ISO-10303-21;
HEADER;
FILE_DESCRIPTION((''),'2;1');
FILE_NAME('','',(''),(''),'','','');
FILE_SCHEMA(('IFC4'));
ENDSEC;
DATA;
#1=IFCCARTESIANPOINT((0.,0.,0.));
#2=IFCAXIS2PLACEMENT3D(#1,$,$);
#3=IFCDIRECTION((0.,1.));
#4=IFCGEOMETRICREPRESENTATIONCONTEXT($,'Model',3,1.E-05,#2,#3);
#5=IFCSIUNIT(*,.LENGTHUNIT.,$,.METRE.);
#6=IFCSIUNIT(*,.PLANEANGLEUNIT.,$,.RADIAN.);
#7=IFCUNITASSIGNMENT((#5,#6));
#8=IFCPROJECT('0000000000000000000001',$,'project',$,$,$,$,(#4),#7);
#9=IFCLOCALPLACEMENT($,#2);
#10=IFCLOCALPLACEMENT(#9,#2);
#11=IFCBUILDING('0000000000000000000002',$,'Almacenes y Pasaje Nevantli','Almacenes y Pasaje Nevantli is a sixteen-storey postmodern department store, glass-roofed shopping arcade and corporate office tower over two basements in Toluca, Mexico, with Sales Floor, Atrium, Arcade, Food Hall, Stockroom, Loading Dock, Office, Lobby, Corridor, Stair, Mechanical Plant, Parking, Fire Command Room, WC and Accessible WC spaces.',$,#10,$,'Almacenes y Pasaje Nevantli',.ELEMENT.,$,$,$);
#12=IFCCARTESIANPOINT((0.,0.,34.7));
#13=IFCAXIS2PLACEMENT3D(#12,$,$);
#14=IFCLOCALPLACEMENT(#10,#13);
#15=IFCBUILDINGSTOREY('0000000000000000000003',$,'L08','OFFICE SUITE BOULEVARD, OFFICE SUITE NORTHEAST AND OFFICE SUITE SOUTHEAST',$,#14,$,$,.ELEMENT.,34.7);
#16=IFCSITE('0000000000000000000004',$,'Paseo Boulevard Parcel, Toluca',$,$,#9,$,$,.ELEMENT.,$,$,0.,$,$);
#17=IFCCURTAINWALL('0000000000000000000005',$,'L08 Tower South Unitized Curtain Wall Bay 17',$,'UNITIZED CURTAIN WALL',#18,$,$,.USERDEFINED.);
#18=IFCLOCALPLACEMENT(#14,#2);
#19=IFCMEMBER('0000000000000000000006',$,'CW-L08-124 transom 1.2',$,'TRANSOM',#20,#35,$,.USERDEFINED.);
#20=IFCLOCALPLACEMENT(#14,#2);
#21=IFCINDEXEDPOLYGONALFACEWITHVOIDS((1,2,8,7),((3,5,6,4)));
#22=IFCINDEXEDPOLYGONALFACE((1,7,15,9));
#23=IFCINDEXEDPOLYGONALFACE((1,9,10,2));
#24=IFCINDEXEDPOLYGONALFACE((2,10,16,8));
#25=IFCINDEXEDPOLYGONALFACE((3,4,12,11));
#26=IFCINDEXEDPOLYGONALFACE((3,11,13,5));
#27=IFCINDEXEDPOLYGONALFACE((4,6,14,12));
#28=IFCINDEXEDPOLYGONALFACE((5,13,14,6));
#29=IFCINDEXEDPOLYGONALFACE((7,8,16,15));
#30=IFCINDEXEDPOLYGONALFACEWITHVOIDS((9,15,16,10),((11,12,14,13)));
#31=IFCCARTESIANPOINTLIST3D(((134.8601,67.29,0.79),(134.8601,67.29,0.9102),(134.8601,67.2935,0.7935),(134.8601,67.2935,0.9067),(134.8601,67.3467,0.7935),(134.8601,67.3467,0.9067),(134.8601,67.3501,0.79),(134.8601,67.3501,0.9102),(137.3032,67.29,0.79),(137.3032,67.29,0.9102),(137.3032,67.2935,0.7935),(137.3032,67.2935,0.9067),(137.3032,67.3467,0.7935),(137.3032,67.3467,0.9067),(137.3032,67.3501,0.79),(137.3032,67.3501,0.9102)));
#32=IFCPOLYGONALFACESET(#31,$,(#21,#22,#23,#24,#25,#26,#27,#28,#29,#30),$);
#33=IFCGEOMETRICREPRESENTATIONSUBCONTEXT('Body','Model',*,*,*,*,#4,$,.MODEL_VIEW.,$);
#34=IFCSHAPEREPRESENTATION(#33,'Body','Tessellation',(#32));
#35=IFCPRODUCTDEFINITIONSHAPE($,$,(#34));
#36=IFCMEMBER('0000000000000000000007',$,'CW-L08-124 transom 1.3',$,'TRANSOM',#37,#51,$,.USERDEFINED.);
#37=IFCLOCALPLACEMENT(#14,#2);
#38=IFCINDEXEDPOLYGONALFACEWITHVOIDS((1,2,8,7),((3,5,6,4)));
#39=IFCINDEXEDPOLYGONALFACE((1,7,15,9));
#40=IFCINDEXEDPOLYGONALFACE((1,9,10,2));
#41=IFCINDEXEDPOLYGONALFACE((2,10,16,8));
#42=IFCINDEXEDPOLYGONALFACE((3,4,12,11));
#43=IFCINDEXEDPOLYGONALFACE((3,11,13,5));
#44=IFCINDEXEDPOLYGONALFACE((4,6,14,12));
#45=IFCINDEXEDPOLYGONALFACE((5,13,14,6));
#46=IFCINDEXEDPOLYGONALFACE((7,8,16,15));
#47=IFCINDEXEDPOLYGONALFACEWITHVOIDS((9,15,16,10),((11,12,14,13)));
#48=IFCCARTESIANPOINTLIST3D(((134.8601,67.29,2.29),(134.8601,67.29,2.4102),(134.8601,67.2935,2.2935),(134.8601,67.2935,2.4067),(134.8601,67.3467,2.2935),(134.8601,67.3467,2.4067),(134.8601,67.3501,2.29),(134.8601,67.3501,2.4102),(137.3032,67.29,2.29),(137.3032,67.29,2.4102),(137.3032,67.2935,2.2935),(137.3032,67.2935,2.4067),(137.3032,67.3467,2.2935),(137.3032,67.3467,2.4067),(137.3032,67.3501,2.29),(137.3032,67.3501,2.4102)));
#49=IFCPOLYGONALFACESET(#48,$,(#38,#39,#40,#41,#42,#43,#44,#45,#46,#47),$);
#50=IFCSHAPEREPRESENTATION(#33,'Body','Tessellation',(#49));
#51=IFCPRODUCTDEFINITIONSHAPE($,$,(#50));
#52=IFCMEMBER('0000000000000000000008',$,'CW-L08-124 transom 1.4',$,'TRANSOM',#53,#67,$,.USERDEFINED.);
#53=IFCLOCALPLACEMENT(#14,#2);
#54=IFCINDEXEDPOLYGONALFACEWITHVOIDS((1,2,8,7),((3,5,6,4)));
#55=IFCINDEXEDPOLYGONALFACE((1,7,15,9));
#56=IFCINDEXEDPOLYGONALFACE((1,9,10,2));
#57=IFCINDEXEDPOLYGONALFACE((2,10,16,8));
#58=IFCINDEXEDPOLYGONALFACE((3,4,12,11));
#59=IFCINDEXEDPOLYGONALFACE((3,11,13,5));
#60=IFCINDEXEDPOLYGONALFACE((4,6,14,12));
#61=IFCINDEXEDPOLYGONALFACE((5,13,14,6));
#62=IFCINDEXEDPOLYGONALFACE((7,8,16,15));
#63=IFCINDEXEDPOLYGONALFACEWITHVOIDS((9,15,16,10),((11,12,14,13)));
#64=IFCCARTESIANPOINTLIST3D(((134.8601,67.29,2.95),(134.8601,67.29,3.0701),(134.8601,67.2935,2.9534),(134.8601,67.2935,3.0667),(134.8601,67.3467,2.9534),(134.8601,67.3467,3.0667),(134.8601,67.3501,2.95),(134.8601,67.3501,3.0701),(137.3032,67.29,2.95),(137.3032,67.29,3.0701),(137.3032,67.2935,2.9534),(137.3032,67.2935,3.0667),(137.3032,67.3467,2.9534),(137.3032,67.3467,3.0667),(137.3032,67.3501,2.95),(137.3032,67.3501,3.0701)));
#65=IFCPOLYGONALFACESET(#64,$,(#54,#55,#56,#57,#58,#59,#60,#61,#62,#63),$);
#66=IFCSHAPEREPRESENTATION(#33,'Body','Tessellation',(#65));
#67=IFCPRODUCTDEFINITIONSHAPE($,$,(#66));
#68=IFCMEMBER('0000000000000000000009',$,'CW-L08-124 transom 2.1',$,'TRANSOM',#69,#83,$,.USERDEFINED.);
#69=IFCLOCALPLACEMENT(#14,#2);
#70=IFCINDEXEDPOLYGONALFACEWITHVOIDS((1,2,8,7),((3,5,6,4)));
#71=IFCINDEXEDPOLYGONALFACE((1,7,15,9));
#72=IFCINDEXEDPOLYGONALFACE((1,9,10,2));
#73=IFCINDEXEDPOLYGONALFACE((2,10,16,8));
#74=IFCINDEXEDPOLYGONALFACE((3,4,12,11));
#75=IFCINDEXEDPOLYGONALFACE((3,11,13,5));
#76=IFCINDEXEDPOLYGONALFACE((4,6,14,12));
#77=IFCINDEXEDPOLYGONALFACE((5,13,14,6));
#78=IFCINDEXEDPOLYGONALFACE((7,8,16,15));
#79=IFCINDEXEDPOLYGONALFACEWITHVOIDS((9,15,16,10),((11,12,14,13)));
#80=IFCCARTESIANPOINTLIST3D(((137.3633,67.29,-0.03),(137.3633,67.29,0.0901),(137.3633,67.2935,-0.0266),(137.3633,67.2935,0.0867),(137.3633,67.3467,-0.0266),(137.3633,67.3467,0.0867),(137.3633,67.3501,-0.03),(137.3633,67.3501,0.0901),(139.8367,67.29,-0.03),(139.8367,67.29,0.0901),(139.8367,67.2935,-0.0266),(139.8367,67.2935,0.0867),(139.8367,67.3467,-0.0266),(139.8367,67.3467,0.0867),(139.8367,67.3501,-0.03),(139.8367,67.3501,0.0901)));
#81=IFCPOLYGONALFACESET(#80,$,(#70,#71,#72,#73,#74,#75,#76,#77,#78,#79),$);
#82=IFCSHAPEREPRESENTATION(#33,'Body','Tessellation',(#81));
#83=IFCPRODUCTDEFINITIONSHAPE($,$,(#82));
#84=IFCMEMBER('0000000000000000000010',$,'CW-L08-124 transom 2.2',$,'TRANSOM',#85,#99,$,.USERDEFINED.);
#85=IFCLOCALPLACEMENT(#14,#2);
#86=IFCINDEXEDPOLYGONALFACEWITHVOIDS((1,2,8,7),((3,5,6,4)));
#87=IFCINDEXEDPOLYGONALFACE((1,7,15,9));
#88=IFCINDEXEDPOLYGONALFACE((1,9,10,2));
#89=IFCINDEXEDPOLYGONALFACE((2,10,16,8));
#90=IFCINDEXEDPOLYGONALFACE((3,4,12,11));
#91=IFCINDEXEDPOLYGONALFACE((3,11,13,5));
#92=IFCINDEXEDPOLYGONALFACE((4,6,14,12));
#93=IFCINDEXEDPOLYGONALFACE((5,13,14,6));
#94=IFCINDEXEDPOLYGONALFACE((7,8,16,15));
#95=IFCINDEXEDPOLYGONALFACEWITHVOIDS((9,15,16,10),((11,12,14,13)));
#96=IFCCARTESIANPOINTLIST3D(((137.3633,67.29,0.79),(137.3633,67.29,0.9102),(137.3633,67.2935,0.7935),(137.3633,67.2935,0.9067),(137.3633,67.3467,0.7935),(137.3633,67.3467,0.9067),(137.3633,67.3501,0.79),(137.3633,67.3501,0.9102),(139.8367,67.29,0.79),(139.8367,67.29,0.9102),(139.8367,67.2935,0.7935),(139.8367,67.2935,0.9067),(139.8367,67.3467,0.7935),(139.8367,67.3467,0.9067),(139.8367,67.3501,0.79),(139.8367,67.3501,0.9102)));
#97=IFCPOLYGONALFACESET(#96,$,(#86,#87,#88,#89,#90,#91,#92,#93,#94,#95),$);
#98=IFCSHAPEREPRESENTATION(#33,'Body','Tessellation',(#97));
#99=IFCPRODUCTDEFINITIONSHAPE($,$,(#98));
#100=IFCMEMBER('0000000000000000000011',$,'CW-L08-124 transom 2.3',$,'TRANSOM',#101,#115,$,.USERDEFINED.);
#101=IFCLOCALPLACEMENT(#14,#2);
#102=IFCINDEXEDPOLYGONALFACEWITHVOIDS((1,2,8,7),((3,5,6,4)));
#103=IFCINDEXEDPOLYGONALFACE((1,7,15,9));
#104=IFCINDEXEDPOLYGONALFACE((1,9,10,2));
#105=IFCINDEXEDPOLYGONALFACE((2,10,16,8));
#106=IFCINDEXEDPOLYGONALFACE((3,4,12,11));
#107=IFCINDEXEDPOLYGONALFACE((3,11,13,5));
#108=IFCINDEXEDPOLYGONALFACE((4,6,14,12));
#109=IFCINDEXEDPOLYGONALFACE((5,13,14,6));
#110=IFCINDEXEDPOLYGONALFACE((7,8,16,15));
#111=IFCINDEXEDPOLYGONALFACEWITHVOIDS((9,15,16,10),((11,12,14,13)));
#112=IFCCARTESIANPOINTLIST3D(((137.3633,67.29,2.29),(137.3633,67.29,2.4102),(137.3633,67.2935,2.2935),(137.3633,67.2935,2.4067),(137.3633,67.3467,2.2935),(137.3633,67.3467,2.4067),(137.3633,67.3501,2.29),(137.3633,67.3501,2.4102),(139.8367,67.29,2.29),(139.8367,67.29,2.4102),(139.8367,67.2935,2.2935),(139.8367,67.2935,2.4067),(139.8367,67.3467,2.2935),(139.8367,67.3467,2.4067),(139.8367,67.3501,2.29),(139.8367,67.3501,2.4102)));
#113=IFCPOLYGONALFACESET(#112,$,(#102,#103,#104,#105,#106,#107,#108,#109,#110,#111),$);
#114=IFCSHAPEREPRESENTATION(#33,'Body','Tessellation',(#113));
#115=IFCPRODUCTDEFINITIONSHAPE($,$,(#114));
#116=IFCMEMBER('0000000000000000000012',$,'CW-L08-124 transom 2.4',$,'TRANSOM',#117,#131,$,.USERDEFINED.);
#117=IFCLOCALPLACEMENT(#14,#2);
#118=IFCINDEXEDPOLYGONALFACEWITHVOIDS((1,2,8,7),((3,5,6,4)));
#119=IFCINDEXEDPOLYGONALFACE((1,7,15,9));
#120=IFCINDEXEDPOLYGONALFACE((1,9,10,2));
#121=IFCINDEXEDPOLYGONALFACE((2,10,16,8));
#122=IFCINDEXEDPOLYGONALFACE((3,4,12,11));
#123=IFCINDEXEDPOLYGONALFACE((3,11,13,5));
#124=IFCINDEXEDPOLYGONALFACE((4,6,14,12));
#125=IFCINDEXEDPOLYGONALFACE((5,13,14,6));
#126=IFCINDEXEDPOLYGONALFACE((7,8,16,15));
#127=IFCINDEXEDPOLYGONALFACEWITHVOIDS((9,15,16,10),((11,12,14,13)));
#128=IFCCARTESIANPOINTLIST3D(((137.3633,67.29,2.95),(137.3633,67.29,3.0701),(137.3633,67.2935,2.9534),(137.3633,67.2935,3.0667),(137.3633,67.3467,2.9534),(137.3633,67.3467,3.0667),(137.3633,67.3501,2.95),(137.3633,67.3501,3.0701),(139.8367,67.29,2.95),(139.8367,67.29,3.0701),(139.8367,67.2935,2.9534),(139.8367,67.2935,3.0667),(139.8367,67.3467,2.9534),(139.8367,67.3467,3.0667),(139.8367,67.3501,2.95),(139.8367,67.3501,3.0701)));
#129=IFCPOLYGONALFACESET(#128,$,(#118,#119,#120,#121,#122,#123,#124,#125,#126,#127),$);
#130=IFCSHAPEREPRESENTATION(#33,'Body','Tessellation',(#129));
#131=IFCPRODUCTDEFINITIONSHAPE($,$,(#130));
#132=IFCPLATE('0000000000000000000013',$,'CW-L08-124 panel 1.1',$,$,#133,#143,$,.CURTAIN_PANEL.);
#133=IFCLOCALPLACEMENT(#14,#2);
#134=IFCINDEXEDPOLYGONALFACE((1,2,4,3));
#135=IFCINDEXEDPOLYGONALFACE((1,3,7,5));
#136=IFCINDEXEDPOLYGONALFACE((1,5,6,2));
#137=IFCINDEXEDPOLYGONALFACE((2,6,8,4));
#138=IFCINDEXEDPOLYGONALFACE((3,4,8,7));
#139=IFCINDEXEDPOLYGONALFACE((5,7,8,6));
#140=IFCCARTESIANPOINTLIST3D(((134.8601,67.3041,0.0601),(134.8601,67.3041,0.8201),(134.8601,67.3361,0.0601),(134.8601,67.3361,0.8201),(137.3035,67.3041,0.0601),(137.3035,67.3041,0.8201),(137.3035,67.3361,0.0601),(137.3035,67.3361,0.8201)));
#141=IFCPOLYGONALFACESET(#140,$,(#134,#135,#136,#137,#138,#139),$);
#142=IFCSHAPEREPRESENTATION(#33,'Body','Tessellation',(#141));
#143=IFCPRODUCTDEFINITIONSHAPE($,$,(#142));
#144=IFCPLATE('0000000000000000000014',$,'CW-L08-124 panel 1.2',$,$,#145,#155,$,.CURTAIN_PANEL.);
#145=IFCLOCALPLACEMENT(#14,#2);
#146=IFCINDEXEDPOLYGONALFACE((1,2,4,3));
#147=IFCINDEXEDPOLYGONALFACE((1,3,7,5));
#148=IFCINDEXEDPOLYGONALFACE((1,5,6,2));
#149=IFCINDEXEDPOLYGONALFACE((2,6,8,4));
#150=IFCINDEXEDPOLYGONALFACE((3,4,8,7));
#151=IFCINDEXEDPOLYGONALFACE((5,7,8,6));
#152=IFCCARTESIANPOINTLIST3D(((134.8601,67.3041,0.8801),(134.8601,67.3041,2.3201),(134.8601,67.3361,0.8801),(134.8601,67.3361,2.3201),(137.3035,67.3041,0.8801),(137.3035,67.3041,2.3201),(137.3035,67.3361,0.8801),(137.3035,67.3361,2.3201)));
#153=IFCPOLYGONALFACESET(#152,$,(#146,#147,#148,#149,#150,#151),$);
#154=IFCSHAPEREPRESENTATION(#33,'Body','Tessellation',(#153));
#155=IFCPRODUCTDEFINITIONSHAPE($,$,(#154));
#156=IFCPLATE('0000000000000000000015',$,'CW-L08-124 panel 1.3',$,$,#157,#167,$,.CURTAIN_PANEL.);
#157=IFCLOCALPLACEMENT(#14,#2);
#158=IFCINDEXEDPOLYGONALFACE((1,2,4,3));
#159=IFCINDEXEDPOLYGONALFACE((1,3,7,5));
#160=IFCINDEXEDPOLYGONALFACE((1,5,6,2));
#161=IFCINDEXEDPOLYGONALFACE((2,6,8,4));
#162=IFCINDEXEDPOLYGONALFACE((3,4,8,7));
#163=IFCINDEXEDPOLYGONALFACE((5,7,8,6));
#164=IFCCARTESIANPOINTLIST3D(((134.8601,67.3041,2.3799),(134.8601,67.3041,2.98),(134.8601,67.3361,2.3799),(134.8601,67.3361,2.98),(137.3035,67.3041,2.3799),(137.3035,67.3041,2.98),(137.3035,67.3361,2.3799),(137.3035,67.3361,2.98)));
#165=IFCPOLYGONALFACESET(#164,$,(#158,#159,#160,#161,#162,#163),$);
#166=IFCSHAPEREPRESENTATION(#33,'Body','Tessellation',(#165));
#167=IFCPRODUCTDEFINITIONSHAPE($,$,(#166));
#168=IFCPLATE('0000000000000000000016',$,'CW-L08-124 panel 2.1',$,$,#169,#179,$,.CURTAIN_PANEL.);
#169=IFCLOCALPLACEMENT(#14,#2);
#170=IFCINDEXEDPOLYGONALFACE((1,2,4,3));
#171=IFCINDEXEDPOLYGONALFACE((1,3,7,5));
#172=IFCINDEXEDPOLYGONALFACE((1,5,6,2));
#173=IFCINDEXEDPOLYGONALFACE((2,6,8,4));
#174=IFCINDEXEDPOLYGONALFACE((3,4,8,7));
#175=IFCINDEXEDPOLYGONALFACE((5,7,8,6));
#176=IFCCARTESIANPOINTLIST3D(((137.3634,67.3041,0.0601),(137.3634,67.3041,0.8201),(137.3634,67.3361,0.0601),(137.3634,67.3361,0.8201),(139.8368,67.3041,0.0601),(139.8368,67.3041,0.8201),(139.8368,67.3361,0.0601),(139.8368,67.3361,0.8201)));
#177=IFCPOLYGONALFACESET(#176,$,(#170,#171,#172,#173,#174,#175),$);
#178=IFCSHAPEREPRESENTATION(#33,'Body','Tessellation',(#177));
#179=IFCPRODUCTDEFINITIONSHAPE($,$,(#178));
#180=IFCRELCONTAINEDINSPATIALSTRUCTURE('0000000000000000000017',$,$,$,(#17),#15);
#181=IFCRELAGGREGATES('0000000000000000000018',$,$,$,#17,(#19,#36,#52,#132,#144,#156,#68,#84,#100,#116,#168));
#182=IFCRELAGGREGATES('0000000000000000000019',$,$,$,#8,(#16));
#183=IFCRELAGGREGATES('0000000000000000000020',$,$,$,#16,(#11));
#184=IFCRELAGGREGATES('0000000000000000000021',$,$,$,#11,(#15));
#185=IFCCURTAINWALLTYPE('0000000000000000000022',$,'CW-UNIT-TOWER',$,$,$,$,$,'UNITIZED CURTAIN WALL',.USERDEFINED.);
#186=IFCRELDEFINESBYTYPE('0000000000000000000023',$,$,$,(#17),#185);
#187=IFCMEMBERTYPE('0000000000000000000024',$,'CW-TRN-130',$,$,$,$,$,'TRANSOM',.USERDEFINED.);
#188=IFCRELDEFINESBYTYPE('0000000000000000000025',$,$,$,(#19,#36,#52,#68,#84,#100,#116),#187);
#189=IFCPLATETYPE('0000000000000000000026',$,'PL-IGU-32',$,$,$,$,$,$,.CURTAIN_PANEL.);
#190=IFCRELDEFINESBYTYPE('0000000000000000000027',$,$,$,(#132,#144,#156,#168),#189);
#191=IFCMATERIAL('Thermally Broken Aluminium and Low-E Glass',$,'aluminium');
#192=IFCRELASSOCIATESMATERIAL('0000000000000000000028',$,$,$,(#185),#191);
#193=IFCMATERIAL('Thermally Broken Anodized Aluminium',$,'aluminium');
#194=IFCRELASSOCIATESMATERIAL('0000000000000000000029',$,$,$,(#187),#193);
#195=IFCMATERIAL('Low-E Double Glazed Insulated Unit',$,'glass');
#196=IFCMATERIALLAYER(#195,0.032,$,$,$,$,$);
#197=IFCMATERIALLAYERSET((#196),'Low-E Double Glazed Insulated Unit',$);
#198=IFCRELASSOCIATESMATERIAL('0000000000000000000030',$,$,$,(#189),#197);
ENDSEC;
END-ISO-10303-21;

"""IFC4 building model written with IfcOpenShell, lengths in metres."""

from ifc_helpers import new_model, si_unit, direction, frame, origin, origin_2d, place, context, subcontext, project, spatial, rectangle, hollow_rectangle, extrude, material, layer, layer_set, material_profile, profile_set, type_object, element, aggregate, save


model = new_model("IFC4")

# Units and contexts
model_context = context("Model", 3, precision=1e-05, world=origin(), true_north=direction((0.0, 1.0)))
body_context = subcontext(model_context, "Body", "Model", "MODEL_VIEW")
ifc_project = project(units=[si_unit("LENGTHUNIT", "METRE"), si_unit("PLANEANGLEUNIT", "RADIAN")], contexts=[model_context])

# Site, building, storey
site_placement = place(None, origin())
site = spatial("IfcSite", under=ifc_project, at=site_placement, Name="Paseo Boulevard Parcel, Toluca", CompositionType="ELEMENT", RefElevation=0.0)
building_placement = place(site_placement, origin())
building = spatial("IfcBuilding", under=site, at=building_placement, Name="Almacenes y Pasaje Nevantli", Description="Almacenes y Pasaje Nevantli is a sixteen-storey postmodern department store, glass-roofed shopping arcade and corporate office tower over two basements in Toluca, Mexico, with Sales Floor, Atrium, Arcade, Food Hall, Stockroom, Loading Dock, Office, Lobby, Corridor, Stair, Mechanical Plant, Parking, Fire Command Room, WC and Accessible WC spaces.", LongName="Almacenes y Pasaje Nevantli", CompositionType="ELEMENT")
storey_placement = place(building_placement, frame((0.0, 0.0, 34.7)))
storey = spatial("IfcBuildingStorey", under=building, at=storey_placement, Name="L08", Description="OFFICE SUITE BOULEVARD, OFFICE SUITE NORTHEAST AND OFFICE SUITE SOUTHEAST", CompositionType="ELEMENT", Elevation=34.7)

# Curtain wall, members, plates
ifc_material_1 = material(Name="Thermally Broken Aluminium and Low-E Glass", Category="aluminium")
curtain_wall_type = type_object("IfcCurtainWallType", Name="CW-UNIT-TOWER", ElementType="UNITIZED CURTAIN WALL", PredefinedType="USERDEFINED", material=ifc_material_1)
curtain_wall_placement = place(storey_placement, origin())
curtain_wall = element("IfcCurtainWall", 1, at=curtain_wall_placement, inside=storey, type_object=curtain_wall_type, Name="L08 Tower South Unitized Curtain Wall Bay 17", ObjectType="UNITIZED CURTAIN WALL", PredefinedType="USERDEFINED")
ifc_material_2 = material(Name="Thermally Broken Anodized Aluminium", Category="aluminium")
ifc_material_profile_1 = material_profile(ifc_material_2, hollow_rectangle(XDim=0.0601, YDim=0.1201, WallThickness=0.0034, at=origin_2d()), Name="ALU-TRN-60x120")
ifc_profile_set_1 = profile_set([ifc_material_profile_1], Name="Thermally Broken Anodized Aluminium")
member_type_1 = type_object("IfcMemberType", Name="CW-TRN-130", ElementType="TRANSOM", PredefinedType="USERDEFINED", material=ifc_profile_set_1)
member_1_placement = place(storey_placement, frame((134.8601, 67.3201, 0.8501), z_axis=(1.0, 0.0, 0.0), x_axis=(0.0, 1.0, 0.0)))
member_1 = element("IfcMember", 2, at=member_1_placement, type_object=member_type_1, Name="CW-L08-124 transom 1.2", ObjectType="TRANSOM", PredefinedType="USERDEFINED", context=body_context, shape_type="SweptSolid", body=[
    extrude(hollow_rectangle(XDim=0.0601, YDim=0.1201, WallThickness=0.0034, at=origin_2d()), origin(), (0.0, 0.0, 1.0), 2.4431),
])
member_2_placement = place(storey_placement, frame((134.8601, 67.3201, 2.3501), z_axis=(1.0, 0.0, 0.0), x_axis=(0.0, 1.0, 0.0)))
member_2 = element("IfcMember", 3, at=member_2_placement, type_object=member_type_1, Name="CW-L08-124 transom 1.3", ObjectType="TRANSOM", PredefinedType="USERDEFINED", context=body_context, shape_type="SweptSolid", body=[
    extrude(hollow_rectangle(XDim=0.0601, YDim=0.1201, WallThickness=0.0034, at=origin_2d()), origin(), (0.0, 0.0, 1.0), 2.4431),
])
member_3_placement = place(storey_placement, frame((134.8601, 67.3201, 3.01), z_axis=(1.0, 0.0, 0.0), x_axis=(0.0, 1.0, 0.0)))
member_3 = element("IfcMember", 4, at=member_3_placement, type_object=member_type_1, Name="CW-L08-124 transom 1.4", ObjectType="TRANSOM", PredefinedType="USERDEFINED", context=body_context, shape_type="SweptSolid", body=[
    extrude(hollow_rectangle(XDim=0.0601, YDim=0.1201, WallThickness=0.0034, at=origin_2d()), origin(), (0.0, 0.0, 1.0), 2.4431),
])
member_4_placement = place(storey_placement, frame((137.3633, 67.3201, 0.03), z_axis=(1.0, 0.0, 0.0), x_axis=(0.0, 1.0, 0.0)))
member_4 = element("IfcMember", 5, at=member_4_placement, type_object=member_type_1, Name="CW-L08-124 transom 2.1", ObjectType="TRANSOM", PredefinedType="USERDEFINED", context=body_context, shape_type="SweptSolid", body=[
    extrude(hollow_rectangle(XDim=0.0601, YDim=0.1201, WallThickness=0.0034, at=origin_2d()), origin(), (0.0, 0.0, 1.0), 2.4734),
])
member_5_placement = place(storey_placement, frame((137.3633, 67.3201, 0.8501), z_axis=(1.0, 0.0, 0.0), x_axis=(0.0, 1.0, 0.0)))
member_5 = element("IfcMember", 6, at=member_5_placement, type_object=member_type_1, Name="CW-L08-124 transom 2.2", ObjectType="TRANSOM", PredefinedType="USERDEFINED", context=body_context, shape_type="SweptSolid", body=[
    extrude(hollow_rectangle(XDim=0.0601, YDim=0.1201, WallThickness=0.0034, at=origin_2d()), origin(), (0.0, 0.0, 1.0), 2.4734),
])
member_6_placement = place(storey_placement, frame((137.3633, 67.3201, 2.3501), z_axis=(1.0, 0.0, 0.0), x_axis=(0.0, 1.0, 0.0)))
member_6 = element("IfcMember", 7, at=member_6_placement, type_object=member_type_1, Name="CW-L08-124 transom 2.3", ObjectType="TRANSOM", PredefinedType="USERDEFINED", context=body_context, shape_type="SweptSolid", body=[
    extrude(hollow_rectangle(XDim=0.0601, YDim=0.1201, WallThickness=0.0034, at=origin_2d()), origin(), (0.0, 0.0, 1.0), 2.4734),
])
member_7_placement = place(storey_placement, frame((137.3633, 67.3201, 3.01), z_axis=(1.0, 0.0, 0.0), x_axis=(0.0, 1.0, 0.0)))
member_7 = element("IfcMember", 8, at=member_7_placement, type_object=member_type_1, Name="CW-L08-124 transom 2.4", ObjectType="TRANSOM", PredefinedType="USERDEFINED", context=body_context, shape_type="SweptSolid", body=[
    extrude(hollow_rectangle(XDim=0.0601, YDim=0.1201, WallThickness=0.0034, at=origin_2d()), origin(), (0.0, 0.0, 1.0), 2.4734),
])
ifc_material_3 = material(Name="Low-E Double Glazed Insulated Unit", Category="glass")
ifc_layer_1 = layer(ifc_material_3, 0.032)
ifc_layer_set_1 = layer_set([ifc_layer_1], Name="Low-E Double Glazed Insulated Unit")
plate_type = type_object("IfcPlateType", Name="PL-IGU-32", PredefinedType="CURTAIN_PANEL", material=ifc_layer_set_1)
plate_1_placement = place(storey_placement, frame((136.0818, 67.3201, 0.0601), z_axis=(0.0, 0.0, 1.0), x_axis=(1.0, 0.0, 0.0)))
plate_1 = element("IfcPlate", 9, at=plate_1_placement, type_object=plate_type, Name="CW-L08-124 panel 1.1", PredefinedType="CURTAIN_PANEL", context=body_context, shape_type="SweptSolid", body=[
    extrude(rectangle(XDim=2.4434, YDim=0.032, at=origin_2d()), origin(), (0.0, 0.0, 1.0), 0.76),
])
plate_2_placement = place(storey_placement, frame((136.0818, 67.3201, 0.8801), z_axis=(0.0, 0.0, 1.0), x_axis=(1.0, 0.0, 0.0)))
plate_2 = element("IfcPlate", 10, at=plate_2_placement, type_object=plate_type, Name="CW-L08-124 panel 1.2", PredefinedType="CURTAIN_PANEL", context=body_context, shape_type="SweptSolid", body=[
    extrude(rectangle(XDim=2.4434, YDim=0.032, at=origin_2d()), origin(), (0.0, 0.0, 1.0), 1.4399),
])
plate_3_placement = place(storey_placement, frame((136.0818, 67.3201, 2.3799), z_axis=(0.0, 0.0, 1.0), x_axis=(1.0, 0.0, 0.0)))
plate_3 = element("IfcPlate", 11, at=plate_3_placement, type_object=plate_type, Name="CW-L08-124 panel 1.3", PredefinedType="CURTAIN_PANEL", context=body_context, shape_type="SweptSolid", body=[
    extrude(rectangle(XDim=2.4434, YDim=0.032, at=origin_2d()), origin(), (0.0, 0.0, 1.0), 0.6001),
])
plate_4_placement = place(storey_placement, frame((138.6001, 67.3201, 0.0601), z_axis=(0.0, 0.0, 1.0), x_axis=(1.0, 0.0, 0.0)))
plate_4 = element("IfcPlate", 12, at=plate_4_placement, type_object=plate_type, Name="CW-L08-124 panel 2.1", PredefinedType="CURTAIN_PANEL", context=body_context, shape_type="SweptSolid", body=[
    extrude(rectangle(XDim=2.4734, YDim=0.032, at=origin_2d()), origin(), (0.0, 0.0, 1.0), 0.76),
])
aggregate(curtain_wall, [member_1, member_2, member_3, plate_1, plate_2, plate_3, member_4, member_5, member_6, member_7, plate_4])

save(model, "model.ifc")
